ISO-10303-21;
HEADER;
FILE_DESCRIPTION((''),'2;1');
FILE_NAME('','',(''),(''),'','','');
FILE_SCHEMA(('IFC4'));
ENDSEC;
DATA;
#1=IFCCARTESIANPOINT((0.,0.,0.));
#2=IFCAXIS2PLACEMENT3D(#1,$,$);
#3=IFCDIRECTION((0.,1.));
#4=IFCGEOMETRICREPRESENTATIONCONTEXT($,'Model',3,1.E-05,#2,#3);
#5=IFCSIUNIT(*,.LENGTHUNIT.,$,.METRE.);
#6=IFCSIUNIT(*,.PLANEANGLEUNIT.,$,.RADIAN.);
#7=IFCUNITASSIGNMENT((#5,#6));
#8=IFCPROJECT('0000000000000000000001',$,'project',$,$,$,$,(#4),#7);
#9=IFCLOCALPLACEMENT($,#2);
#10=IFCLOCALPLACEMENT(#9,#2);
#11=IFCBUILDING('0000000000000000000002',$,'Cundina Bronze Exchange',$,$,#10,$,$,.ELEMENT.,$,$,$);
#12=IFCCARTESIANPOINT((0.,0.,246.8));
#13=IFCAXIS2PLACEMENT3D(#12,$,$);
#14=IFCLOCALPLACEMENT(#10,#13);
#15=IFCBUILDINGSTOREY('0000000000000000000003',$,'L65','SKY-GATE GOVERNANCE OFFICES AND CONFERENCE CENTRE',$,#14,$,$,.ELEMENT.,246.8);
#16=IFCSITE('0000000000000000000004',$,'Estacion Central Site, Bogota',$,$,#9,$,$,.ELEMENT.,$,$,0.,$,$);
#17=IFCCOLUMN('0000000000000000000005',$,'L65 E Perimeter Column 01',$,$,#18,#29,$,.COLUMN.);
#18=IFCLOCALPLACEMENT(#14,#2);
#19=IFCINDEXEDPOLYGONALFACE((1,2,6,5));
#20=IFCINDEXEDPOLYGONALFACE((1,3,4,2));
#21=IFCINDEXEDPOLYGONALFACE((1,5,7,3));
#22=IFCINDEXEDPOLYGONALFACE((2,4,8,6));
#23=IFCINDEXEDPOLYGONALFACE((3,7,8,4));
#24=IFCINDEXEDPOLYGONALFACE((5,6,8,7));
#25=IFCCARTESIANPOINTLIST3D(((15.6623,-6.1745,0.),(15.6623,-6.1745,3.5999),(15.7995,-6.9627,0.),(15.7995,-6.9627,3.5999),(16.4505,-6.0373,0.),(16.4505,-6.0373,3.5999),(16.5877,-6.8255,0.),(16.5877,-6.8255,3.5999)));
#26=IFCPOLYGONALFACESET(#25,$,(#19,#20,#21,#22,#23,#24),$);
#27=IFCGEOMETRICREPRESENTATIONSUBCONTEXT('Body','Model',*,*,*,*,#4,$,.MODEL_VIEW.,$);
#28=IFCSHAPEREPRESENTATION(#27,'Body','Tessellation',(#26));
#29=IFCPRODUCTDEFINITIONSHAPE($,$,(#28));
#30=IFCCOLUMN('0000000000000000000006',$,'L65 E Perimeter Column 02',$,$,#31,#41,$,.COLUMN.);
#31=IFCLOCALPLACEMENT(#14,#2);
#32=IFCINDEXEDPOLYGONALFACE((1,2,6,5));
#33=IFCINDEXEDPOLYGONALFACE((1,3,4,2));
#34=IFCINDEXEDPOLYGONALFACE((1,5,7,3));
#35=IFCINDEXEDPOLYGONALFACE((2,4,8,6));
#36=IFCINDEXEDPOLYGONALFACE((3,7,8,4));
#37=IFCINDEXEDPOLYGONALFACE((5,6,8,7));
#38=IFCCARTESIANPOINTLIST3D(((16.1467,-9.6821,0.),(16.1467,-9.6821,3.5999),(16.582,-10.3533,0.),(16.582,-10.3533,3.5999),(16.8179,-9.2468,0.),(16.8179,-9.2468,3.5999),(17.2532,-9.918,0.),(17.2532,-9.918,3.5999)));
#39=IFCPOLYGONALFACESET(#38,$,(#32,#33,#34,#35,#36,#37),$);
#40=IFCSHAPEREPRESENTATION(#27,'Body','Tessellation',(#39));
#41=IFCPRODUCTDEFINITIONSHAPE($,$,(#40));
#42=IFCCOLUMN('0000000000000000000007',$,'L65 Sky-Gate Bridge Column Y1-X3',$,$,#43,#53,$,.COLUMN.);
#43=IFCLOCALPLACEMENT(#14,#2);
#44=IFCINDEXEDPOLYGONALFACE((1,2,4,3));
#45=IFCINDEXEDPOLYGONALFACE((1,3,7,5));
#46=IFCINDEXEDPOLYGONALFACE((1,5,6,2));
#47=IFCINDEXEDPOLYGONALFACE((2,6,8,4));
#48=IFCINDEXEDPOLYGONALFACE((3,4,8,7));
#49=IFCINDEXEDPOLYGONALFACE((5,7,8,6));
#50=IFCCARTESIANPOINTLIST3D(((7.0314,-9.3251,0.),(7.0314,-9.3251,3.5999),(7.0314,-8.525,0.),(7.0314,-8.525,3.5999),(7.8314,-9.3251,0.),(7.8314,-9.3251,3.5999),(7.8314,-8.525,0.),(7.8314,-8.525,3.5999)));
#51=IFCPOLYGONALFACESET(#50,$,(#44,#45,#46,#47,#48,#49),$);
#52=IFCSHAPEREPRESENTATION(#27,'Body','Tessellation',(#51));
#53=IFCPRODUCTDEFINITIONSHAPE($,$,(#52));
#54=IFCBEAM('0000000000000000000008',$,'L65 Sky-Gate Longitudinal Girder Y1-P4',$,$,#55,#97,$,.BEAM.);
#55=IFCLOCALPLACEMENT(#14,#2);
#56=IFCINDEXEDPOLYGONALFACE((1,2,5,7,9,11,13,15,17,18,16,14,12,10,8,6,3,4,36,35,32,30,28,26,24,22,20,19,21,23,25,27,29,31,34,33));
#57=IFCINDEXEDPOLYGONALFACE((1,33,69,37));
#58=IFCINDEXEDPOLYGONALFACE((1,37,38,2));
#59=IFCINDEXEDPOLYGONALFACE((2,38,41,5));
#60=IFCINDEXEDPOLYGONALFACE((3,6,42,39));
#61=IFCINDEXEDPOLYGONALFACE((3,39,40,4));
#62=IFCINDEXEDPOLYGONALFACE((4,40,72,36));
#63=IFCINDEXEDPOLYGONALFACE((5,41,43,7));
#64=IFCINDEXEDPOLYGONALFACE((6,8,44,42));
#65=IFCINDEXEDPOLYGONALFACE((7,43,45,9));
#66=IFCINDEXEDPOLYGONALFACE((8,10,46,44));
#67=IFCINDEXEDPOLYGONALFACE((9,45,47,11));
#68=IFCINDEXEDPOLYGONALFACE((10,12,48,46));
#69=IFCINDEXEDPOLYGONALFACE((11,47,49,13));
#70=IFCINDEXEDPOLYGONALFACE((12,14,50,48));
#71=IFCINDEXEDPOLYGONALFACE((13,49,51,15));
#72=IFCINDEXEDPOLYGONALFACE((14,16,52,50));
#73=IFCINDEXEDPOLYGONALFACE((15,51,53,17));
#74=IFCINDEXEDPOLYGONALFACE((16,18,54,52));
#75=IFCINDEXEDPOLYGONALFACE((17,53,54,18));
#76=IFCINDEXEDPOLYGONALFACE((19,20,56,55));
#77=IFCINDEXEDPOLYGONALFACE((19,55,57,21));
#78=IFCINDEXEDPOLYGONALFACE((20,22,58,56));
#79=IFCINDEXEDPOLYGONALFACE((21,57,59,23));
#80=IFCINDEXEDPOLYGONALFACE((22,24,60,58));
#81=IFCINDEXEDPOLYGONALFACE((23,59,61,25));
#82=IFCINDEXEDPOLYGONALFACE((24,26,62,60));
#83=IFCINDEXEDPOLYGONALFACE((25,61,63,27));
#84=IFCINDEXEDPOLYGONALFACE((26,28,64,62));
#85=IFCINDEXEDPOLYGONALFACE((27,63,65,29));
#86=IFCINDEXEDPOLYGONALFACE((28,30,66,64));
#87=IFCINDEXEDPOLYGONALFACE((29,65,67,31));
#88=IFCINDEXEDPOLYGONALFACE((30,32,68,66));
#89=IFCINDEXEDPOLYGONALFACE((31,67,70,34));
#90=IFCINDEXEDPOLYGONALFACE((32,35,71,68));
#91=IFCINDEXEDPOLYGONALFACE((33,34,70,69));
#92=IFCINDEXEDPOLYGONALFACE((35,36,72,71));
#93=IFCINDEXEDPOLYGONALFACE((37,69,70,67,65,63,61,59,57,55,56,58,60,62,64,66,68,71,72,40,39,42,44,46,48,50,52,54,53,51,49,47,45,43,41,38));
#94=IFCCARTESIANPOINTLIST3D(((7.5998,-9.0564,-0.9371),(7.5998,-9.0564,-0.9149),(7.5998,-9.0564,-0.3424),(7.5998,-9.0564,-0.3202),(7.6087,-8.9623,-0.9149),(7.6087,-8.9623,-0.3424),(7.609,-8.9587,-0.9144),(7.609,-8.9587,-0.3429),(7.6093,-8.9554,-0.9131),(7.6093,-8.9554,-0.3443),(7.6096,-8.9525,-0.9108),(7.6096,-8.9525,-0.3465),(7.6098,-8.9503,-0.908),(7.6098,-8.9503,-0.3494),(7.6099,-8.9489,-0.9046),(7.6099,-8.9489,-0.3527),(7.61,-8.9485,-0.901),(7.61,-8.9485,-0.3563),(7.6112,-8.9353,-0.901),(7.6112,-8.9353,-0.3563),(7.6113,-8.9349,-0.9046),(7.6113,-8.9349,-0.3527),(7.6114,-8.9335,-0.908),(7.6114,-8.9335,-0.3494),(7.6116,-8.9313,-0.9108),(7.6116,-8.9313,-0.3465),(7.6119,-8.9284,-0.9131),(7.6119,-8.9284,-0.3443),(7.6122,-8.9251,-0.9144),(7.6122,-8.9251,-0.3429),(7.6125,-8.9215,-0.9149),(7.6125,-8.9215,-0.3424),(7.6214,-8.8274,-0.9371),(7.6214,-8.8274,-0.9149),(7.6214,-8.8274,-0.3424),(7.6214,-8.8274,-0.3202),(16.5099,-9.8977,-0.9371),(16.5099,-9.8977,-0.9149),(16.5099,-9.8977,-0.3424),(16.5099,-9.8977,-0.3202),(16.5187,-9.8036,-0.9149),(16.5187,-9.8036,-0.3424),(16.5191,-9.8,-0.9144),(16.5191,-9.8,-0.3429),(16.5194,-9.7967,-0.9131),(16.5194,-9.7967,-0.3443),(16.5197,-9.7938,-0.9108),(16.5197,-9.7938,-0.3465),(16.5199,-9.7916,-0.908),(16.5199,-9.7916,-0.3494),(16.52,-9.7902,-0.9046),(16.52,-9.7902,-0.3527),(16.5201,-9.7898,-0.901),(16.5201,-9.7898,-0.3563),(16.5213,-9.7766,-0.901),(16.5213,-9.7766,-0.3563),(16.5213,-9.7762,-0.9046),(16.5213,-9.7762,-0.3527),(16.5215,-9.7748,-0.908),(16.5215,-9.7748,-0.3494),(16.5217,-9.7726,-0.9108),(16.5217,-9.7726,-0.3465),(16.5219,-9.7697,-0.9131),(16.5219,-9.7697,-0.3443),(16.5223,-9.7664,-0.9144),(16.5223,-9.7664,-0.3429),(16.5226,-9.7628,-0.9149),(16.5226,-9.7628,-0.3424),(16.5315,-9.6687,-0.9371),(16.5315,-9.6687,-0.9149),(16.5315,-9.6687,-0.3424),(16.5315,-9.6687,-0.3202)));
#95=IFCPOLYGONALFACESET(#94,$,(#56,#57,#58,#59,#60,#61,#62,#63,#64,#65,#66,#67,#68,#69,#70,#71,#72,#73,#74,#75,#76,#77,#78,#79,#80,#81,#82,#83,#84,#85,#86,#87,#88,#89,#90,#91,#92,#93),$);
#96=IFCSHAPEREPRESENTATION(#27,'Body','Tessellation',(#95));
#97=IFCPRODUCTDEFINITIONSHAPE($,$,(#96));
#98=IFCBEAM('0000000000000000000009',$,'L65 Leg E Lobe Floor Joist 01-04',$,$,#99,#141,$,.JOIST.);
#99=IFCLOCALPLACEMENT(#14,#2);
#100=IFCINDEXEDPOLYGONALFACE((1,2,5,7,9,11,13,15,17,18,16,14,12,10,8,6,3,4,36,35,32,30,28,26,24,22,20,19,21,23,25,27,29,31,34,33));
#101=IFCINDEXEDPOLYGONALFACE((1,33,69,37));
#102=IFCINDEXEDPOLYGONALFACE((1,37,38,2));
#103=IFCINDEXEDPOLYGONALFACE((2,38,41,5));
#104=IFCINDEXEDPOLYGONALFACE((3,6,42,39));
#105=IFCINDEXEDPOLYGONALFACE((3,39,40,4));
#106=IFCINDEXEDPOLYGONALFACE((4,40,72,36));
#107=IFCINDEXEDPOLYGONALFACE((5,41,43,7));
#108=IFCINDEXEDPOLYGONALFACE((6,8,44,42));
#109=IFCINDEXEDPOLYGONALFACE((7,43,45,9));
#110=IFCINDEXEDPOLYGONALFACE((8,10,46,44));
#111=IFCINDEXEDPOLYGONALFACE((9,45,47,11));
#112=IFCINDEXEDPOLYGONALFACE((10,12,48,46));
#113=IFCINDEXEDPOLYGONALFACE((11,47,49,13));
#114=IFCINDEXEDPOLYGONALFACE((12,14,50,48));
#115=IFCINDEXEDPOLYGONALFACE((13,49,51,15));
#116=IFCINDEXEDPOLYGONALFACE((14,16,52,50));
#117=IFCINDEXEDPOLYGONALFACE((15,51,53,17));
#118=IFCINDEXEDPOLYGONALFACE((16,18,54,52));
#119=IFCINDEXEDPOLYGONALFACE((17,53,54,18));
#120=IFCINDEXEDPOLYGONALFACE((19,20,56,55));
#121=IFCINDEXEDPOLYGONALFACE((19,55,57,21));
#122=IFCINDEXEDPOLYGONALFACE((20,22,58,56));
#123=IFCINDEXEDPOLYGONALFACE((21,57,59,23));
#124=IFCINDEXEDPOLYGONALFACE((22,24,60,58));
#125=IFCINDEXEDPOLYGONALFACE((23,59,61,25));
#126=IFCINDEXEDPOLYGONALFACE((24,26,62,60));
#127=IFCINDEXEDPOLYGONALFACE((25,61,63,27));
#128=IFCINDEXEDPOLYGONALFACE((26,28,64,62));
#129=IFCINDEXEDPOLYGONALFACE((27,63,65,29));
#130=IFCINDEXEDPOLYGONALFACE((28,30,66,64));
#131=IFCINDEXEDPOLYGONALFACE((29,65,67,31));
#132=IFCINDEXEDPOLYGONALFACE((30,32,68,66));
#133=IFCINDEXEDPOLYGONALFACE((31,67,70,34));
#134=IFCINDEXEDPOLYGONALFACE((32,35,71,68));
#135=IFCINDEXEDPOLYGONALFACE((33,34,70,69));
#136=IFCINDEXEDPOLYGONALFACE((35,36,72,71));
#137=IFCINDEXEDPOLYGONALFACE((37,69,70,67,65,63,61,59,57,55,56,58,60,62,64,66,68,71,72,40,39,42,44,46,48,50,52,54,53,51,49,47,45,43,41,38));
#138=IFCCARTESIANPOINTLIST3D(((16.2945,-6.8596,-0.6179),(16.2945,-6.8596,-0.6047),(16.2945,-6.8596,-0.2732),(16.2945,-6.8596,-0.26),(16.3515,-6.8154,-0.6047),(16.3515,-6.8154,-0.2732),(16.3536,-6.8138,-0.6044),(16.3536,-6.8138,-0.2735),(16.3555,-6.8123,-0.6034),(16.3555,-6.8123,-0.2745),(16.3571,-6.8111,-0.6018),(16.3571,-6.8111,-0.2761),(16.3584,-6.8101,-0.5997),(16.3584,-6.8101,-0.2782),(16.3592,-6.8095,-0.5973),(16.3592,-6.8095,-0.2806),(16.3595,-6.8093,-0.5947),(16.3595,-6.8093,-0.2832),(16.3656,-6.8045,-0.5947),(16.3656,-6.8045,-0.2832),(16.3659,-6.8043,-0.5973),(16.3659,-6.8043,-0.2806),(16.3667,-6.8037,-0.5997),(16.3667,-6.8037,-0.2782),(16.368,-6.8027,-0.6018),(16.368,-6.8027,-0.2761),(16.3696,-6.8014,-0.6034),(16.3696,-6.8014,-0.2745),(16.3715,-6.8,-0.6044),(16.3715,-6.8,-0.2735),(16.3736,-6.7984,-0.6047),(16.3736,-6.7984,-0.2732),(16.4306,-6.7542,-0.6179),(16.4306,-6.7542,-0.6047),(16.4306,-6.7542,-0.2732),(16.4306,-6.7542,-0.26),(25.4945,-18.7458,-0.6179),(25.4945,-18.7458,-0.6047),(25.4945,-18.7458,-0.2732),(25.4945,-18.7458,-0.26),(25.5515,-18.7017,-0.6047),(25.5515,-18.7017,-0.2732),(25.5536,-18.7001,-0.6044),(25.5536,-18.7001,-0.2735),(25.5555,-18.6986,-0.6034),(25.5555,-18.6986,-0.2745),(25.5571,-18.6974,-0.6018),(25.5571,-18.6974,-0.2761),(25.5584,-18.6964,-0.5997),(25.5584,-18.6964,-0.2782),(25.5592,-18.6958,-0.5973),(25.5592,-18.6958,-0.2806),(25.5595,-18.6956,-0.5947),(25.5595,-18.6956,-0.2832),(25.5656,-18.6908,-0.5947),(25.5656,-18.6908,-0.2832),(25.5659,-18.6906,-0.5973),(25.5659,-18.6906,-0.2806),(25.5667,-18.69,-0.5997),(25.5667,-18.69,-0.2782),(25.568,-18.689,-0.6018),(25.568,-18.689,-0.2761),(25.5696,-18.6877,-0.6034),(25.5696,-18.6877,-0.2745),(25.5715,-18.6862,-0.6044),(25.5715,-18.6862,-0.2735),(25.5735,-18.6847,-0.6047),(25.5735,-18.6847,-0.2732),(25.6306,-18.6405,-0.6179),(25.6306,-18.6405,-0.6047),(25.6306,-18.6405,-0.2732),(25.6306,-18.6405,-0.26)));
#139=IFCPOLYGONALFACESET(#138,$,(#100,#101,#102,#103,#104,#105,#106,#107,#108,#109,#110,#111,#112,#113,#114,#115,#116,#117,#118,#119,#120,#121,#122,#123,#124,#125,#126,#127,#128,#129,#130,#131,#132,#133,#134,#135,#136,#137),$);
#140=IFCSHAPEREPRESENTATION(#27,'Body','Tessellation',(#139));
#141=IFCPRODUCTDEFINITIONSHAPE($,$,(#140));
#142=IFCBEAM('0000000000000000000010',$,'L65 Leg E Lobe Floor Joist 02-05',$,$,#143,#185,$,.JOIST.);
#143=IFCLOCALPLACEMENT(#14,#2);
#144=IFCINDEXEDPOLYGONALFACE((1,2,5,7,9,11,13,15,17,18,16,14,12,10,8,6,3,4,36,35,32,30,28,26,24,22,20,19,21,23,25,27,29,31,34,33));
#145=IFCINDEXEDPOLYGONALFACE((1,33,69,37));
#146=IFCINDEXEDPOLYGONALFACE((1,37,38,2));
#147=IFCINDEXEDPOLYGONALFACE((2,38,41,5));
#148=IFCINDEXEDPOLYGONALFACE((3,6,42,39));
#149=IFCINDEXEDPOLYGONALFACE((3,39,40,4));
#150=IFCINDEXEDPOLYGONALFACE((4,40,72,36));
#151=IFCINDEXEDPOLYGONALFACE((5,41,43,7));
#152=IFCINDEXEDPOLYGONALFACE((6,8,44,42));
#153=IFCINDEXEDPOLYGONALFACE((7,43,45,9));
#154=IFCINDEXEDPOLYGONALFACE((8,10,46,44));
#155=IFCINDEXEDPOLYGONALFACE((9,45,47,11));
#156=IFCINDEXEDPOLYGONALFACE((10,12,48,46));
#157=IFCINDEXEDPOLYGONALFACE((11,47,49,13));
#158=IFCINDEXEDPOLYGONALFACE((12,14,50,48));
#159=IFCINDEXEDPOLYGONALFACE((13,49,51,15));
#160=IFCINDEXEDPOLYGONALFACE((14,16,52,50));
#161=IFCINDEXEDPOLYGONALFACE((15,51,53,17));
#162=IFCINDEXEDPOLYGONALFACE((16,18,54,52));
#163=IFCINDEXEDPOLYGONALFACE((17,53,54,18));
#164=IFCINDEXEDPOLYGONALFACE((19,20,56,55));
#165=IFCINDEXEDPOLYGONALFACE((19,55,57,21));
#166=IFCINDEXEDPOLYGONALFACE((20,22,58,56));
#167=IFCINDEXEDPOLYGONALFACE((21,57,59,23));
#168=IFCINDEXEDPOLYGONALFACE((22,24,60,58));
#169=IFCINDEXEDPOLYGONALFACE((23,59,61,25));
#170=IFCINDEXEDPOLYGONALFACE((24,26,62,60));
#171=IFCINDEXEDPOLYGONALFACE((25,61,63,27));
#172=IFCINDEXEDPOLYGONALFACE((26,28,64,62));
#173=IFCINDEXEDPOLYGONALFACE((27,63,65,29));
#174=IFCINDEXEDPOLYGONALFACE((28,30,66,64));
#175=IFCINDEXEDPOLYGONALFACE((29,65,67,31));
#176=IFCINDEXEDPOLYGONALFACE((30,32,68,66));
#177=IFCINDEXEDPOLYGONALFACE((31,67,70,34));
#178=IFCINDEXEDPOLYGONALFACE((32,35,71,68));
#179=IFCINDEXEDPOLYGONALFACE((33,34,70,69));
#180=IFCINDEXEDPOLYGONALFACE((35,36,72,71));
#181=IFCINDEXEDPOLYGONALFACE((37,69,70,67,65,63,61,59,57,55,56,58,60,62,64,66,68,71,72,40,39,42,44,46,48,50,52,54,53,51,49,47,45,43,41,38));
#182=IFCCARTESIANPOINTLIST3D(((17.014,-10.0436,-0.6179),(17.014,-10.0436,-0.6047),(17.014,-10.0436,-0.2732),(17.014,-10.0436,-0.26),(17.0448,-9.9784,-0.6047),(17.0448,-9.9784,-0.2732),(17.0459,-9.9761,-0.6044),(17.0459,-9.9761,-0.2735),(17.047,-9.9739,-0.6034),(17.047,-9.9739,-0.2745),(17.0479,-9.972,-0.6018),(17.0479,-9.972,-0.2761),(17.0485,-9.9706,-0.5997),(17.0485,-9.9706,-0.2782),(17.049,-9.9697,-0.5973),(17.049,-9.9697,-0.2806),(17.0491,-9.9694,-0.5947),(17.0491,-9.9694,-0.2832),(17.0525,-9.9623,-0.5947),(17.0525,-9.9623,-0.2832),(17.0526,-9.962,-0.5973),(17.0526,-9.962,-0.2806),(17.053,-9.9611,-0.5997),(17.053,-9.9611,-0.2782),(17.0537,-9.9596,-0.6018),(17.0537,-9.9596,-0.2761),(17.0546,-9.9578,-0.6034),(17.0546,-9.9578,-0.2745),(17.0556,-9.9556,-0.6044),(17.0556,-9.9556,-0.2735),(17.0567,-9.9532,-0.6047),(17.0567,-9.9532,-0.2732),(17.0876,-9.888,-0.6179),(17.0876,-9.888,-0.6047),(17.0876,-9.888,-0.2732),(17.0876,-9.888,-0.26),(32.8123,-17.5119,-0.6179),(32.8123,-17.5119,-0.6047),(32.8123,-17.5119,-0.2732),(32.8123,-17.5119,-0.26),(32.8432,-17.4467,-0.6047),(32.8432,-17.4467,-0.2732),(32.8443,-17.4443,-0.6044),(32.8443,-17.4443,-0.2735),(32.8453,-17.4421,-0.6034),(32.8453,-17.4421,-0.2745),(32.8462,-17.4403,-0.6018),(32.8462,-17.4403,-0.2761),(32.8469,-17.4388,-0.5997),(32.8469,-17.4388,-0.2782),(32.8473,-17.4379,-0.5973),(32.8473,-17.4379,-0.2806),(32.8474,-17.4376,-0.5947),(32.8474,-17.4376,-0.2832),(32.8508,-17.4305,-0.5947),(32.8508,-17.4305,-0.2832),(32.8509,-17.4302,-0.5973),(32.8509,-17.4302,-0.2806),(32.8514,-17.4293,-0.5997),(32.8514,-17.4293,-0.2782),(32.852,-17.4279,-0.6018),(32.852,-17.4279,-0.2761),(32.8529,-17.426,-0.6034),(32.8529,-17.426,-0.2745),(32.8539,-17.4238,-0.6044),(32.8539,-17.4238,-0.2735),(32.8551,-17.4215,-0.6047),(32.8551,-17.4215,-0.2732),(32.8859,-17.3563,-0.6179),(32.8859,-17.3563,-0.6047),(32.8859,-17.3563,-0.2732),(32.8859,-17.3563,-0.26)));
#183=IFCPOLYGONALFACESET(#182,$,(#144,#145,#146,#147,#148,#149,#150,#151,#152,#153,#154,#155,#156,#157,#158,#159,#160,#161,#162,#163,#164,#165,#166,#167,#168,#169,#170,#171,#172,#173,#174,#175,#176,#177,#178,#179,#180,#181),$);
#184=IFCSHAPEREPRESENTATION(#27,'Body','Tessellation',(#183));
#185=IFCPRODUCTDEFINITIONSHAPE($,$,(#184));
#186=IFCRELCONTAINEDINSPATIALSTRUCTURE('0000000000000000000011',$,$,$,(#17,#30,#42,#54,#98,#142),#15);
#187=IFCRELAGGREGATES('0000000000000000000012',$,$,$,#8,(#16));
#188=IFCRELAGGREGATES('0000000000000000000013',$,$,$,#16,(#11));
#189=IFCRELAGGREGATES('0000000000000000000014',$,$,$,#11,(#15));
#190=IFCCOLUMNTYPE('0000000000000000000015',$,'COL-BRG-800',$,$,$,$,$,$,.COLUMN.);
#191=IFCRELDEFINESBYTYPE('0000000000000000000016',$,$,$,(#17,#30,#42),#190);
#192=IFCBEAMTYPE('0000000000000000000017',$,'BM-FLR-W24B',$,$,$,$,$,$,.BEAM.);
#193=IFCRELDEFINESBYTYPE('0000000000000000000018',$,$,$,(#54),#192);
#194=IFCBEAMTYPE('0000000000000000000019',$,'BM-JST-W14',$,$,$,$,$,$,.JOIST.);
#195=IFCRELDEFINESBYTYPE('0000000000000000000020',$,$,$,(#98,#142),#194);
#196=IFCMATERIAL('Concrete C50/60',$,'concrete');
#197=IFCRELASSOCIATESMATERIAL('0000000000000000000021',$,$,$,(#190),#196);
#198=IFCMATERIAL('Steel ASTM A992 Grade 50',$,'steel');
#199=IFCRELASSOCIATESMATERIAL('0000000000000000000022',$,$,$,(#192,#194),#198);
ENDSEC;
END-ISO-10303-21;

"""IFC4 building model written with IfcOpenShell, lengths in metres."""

from ifc_helpers import new_model, si_unit, direction, frame, origin, origin_2d, place, context, subcontext, project, spatial, rectangle, i_section, extrude, material, material_profile, profile_set, type_object, element, save


model = new_model("IFC4")

# Units and contexts
model_context = context("Model", 3, precision=1e-05, world=origin(), true_north=direction((0.0, 1.0)))
body_context = subcontext(model_context, "Body", "Model", "MODEL_VIEW")
ifc_project = project(units=[si_unit("LENGTHUNIT", "METRE"), si_unit("PLANEANGLEUNIT", "RADIAN")], contexts=[model_context])

# Site, building, storey
site_placement = place(None, origin())
site = spatial("IfcSite", under=ifc_project, at=site_placement, Name="Estacion Central Site, Bogota", CompositionType="ELEMENT", RefElevation=0.0)
building_placement = place(site_placement, origin())
building = spatial("IfcBuilding", under=site, at=building_placement, Name="Cundina Bronze Exchange", CompositionType="ELEMENT")
storey_placement = place(building_placement, frame((0.0, 0.0, 246.8)))
storey = spatial("IfcBuildingStorey", under=building, at=storey_placement, Name="L65", Description="SKY-GATE GOVERNANCE OFFICES AND CONFERENCE CENTRE", CompositionType="ELEMENT", Elevation=246.8)

# Columns
ifc_material_1 = material(Name="Concrete C50/60", Category="concrete")
ifc_material_profile_1 = material_profile(ifc_material_1, rectangle(XDim=0.8, YDim=0.8, at=origin_2d()), Name="RC800X800", Category="concrete")
ifc_profile_set_1 = profile_set([ifc_material_profile_1], Name="Concrete C50/60")
column_type = type_object("IfcColumnType", Name="COL-BRG-800", PredefinedType="COLUMN", material=ifc_profile_set_1)
for number, where, z_axis, x_axis, name in (
    (1, (16.125, -6.5, 0.0), (0.0, 0.0, 1.0), (0.171585, -0.985169, 0.0), "L65 E Perimeter Column 01"),
    (2, (16.7, -9.8, 0.0), (0.0, 0.0, 1.0), (0.5442, -0.838956, 0.0), "L65 E Perimeter Column 02"),
    (3, (7.4314, -8.925, 0.0), (0.0, 0.0, 1.0), (1.0, 0.0, 0.0), "L65 Sky-Gate Bridge Column Y1-X3"),
):
    element("IfcColumn", number, at=place(storey_placement, frame(where, z_axis=z_axis, x_axis=x_axis)), inside=storey, type_object=column_type, Name=name, PredefinedType="COLUMN", context=body_context, shape_type="SweptSolid", body=[
        extrude(rectangle(XDim=0.8, YDim=0.8, at=origin_2d()), origin(), (0.0, 0.0, 1.0), 3.5999),
    ])

# Beams
ifc_material_2 = material(Name="Steel ASTM A992 Grade 50", Category="steel")
ifc_material_profile_2 = material_profile(ifc_material_2, i_section(OverallWidth=0.23, OverallDepth=0.6169, WebThickness=0.0132, FlangeThickness=0.0222, FilletRadius=0.0139, at=origin_2d()), Name="W24X94", Category="steel")
ifc_profile_set_2 = profile_set([ifc_material_profile_2], Name="Steel ASTM A992 Grade 50")
beam_type_1 = type_object("IfcBeamType", Name="BM-FLR-W24B", PredefinedType="BEAM", material=ifc_profile_set_2)
beam_1_placement = place(storey_placement, frame((7.6106, -8.9419, -0.6287), z_axis=(0.995572, -0.094003, 0.0), x_axis=(0.094003, 0.995572, 0.0)))
element("IfcBeam", 4, at=beam_1_placement, inside=storey, type_object=beam_type_1, Name="L65 Sky-Gate Longitudinal Girder Y1-P4", PredefinedType="BEAM", context=body_context, shape_type="SweptSolid", body=[
    extrude(i_section(OverallWidth=0.23, OverallDepth=0.6169, WebThickness=0.0132, FlangeThickness=0.0222, FilletRadius=0.0139, at=origin_2d()), origin(), (0.0, 0.0, 1.0), 8.9497),
])
ifc_material_profile_3 = material_profile(ifc_material_2, i_section(OverallWidth=0.1721, OverallDepth=0.3579, WebThickness=0.0078, FlangeThickness=0.0132, FilletRadius=0.01, at=origin_2d()), Name="W14X38", Category="steel")
ifc_profile_set_3 = profile_set([ifc_material_profile_3], Name="Steel ASTM A992 Grade 50")
beam_type_2 = type_object("IfcBeamType", Name="BM-JST-W14", PredefinedType="JOIST", material=ifc_profile_set_3)
beam_2_placement = place(storey_placement, frame((16.3625, -6.8069, -0.439), z_axis=(0.612078, -0.790798, 0.0), x_axis=(0.790798, 0.612078, 0.0)))
element("IfcBeam", 5, at=beam_2_placement, inside=storey, type_object=beam_type_2, Name="L65 Leg E Lobe Floor Joist 01-04", PredefinedType="JOIST", context=body_context, shape_type="SweptSolid", body=[
    extrude(i_section(OverallWidth=0.1721, OverallDepth=0.3579, WebThickness=0.0078, FlangeThickness=0.0132, FilletRadius=0.01, at=origin_2d()), origin(), (0.0, 0.0, 1.0), 15.0308),
])
beam_3_placement = place(storey_placement, frame((17.0508, -9.9658, -0.439), z_axis=(0.904073, -0.427378, 0.0), x_axis=(0.427378, 0.904073, 0.0)))
element("IfcBeam", 6, at=beam_3_placement, inside=storey, type_object=beam_type_2, Name="L65 Leg E Lobe Floor Joist 02-05", PredefinedType="JOIST", context=body_context, shape_type="SweptSolid", body=[
    extrude(i_section(OverallWidth=0.1721, OverallDepth=0.3579, WebThickness=0.0078, FlangeThickness=0.0132, FilletRadius=0.01, at=origin_2d()), origin(), (0.0, 0.0, 1.0), 17.4746),
])

save(model, "model.ifc")
